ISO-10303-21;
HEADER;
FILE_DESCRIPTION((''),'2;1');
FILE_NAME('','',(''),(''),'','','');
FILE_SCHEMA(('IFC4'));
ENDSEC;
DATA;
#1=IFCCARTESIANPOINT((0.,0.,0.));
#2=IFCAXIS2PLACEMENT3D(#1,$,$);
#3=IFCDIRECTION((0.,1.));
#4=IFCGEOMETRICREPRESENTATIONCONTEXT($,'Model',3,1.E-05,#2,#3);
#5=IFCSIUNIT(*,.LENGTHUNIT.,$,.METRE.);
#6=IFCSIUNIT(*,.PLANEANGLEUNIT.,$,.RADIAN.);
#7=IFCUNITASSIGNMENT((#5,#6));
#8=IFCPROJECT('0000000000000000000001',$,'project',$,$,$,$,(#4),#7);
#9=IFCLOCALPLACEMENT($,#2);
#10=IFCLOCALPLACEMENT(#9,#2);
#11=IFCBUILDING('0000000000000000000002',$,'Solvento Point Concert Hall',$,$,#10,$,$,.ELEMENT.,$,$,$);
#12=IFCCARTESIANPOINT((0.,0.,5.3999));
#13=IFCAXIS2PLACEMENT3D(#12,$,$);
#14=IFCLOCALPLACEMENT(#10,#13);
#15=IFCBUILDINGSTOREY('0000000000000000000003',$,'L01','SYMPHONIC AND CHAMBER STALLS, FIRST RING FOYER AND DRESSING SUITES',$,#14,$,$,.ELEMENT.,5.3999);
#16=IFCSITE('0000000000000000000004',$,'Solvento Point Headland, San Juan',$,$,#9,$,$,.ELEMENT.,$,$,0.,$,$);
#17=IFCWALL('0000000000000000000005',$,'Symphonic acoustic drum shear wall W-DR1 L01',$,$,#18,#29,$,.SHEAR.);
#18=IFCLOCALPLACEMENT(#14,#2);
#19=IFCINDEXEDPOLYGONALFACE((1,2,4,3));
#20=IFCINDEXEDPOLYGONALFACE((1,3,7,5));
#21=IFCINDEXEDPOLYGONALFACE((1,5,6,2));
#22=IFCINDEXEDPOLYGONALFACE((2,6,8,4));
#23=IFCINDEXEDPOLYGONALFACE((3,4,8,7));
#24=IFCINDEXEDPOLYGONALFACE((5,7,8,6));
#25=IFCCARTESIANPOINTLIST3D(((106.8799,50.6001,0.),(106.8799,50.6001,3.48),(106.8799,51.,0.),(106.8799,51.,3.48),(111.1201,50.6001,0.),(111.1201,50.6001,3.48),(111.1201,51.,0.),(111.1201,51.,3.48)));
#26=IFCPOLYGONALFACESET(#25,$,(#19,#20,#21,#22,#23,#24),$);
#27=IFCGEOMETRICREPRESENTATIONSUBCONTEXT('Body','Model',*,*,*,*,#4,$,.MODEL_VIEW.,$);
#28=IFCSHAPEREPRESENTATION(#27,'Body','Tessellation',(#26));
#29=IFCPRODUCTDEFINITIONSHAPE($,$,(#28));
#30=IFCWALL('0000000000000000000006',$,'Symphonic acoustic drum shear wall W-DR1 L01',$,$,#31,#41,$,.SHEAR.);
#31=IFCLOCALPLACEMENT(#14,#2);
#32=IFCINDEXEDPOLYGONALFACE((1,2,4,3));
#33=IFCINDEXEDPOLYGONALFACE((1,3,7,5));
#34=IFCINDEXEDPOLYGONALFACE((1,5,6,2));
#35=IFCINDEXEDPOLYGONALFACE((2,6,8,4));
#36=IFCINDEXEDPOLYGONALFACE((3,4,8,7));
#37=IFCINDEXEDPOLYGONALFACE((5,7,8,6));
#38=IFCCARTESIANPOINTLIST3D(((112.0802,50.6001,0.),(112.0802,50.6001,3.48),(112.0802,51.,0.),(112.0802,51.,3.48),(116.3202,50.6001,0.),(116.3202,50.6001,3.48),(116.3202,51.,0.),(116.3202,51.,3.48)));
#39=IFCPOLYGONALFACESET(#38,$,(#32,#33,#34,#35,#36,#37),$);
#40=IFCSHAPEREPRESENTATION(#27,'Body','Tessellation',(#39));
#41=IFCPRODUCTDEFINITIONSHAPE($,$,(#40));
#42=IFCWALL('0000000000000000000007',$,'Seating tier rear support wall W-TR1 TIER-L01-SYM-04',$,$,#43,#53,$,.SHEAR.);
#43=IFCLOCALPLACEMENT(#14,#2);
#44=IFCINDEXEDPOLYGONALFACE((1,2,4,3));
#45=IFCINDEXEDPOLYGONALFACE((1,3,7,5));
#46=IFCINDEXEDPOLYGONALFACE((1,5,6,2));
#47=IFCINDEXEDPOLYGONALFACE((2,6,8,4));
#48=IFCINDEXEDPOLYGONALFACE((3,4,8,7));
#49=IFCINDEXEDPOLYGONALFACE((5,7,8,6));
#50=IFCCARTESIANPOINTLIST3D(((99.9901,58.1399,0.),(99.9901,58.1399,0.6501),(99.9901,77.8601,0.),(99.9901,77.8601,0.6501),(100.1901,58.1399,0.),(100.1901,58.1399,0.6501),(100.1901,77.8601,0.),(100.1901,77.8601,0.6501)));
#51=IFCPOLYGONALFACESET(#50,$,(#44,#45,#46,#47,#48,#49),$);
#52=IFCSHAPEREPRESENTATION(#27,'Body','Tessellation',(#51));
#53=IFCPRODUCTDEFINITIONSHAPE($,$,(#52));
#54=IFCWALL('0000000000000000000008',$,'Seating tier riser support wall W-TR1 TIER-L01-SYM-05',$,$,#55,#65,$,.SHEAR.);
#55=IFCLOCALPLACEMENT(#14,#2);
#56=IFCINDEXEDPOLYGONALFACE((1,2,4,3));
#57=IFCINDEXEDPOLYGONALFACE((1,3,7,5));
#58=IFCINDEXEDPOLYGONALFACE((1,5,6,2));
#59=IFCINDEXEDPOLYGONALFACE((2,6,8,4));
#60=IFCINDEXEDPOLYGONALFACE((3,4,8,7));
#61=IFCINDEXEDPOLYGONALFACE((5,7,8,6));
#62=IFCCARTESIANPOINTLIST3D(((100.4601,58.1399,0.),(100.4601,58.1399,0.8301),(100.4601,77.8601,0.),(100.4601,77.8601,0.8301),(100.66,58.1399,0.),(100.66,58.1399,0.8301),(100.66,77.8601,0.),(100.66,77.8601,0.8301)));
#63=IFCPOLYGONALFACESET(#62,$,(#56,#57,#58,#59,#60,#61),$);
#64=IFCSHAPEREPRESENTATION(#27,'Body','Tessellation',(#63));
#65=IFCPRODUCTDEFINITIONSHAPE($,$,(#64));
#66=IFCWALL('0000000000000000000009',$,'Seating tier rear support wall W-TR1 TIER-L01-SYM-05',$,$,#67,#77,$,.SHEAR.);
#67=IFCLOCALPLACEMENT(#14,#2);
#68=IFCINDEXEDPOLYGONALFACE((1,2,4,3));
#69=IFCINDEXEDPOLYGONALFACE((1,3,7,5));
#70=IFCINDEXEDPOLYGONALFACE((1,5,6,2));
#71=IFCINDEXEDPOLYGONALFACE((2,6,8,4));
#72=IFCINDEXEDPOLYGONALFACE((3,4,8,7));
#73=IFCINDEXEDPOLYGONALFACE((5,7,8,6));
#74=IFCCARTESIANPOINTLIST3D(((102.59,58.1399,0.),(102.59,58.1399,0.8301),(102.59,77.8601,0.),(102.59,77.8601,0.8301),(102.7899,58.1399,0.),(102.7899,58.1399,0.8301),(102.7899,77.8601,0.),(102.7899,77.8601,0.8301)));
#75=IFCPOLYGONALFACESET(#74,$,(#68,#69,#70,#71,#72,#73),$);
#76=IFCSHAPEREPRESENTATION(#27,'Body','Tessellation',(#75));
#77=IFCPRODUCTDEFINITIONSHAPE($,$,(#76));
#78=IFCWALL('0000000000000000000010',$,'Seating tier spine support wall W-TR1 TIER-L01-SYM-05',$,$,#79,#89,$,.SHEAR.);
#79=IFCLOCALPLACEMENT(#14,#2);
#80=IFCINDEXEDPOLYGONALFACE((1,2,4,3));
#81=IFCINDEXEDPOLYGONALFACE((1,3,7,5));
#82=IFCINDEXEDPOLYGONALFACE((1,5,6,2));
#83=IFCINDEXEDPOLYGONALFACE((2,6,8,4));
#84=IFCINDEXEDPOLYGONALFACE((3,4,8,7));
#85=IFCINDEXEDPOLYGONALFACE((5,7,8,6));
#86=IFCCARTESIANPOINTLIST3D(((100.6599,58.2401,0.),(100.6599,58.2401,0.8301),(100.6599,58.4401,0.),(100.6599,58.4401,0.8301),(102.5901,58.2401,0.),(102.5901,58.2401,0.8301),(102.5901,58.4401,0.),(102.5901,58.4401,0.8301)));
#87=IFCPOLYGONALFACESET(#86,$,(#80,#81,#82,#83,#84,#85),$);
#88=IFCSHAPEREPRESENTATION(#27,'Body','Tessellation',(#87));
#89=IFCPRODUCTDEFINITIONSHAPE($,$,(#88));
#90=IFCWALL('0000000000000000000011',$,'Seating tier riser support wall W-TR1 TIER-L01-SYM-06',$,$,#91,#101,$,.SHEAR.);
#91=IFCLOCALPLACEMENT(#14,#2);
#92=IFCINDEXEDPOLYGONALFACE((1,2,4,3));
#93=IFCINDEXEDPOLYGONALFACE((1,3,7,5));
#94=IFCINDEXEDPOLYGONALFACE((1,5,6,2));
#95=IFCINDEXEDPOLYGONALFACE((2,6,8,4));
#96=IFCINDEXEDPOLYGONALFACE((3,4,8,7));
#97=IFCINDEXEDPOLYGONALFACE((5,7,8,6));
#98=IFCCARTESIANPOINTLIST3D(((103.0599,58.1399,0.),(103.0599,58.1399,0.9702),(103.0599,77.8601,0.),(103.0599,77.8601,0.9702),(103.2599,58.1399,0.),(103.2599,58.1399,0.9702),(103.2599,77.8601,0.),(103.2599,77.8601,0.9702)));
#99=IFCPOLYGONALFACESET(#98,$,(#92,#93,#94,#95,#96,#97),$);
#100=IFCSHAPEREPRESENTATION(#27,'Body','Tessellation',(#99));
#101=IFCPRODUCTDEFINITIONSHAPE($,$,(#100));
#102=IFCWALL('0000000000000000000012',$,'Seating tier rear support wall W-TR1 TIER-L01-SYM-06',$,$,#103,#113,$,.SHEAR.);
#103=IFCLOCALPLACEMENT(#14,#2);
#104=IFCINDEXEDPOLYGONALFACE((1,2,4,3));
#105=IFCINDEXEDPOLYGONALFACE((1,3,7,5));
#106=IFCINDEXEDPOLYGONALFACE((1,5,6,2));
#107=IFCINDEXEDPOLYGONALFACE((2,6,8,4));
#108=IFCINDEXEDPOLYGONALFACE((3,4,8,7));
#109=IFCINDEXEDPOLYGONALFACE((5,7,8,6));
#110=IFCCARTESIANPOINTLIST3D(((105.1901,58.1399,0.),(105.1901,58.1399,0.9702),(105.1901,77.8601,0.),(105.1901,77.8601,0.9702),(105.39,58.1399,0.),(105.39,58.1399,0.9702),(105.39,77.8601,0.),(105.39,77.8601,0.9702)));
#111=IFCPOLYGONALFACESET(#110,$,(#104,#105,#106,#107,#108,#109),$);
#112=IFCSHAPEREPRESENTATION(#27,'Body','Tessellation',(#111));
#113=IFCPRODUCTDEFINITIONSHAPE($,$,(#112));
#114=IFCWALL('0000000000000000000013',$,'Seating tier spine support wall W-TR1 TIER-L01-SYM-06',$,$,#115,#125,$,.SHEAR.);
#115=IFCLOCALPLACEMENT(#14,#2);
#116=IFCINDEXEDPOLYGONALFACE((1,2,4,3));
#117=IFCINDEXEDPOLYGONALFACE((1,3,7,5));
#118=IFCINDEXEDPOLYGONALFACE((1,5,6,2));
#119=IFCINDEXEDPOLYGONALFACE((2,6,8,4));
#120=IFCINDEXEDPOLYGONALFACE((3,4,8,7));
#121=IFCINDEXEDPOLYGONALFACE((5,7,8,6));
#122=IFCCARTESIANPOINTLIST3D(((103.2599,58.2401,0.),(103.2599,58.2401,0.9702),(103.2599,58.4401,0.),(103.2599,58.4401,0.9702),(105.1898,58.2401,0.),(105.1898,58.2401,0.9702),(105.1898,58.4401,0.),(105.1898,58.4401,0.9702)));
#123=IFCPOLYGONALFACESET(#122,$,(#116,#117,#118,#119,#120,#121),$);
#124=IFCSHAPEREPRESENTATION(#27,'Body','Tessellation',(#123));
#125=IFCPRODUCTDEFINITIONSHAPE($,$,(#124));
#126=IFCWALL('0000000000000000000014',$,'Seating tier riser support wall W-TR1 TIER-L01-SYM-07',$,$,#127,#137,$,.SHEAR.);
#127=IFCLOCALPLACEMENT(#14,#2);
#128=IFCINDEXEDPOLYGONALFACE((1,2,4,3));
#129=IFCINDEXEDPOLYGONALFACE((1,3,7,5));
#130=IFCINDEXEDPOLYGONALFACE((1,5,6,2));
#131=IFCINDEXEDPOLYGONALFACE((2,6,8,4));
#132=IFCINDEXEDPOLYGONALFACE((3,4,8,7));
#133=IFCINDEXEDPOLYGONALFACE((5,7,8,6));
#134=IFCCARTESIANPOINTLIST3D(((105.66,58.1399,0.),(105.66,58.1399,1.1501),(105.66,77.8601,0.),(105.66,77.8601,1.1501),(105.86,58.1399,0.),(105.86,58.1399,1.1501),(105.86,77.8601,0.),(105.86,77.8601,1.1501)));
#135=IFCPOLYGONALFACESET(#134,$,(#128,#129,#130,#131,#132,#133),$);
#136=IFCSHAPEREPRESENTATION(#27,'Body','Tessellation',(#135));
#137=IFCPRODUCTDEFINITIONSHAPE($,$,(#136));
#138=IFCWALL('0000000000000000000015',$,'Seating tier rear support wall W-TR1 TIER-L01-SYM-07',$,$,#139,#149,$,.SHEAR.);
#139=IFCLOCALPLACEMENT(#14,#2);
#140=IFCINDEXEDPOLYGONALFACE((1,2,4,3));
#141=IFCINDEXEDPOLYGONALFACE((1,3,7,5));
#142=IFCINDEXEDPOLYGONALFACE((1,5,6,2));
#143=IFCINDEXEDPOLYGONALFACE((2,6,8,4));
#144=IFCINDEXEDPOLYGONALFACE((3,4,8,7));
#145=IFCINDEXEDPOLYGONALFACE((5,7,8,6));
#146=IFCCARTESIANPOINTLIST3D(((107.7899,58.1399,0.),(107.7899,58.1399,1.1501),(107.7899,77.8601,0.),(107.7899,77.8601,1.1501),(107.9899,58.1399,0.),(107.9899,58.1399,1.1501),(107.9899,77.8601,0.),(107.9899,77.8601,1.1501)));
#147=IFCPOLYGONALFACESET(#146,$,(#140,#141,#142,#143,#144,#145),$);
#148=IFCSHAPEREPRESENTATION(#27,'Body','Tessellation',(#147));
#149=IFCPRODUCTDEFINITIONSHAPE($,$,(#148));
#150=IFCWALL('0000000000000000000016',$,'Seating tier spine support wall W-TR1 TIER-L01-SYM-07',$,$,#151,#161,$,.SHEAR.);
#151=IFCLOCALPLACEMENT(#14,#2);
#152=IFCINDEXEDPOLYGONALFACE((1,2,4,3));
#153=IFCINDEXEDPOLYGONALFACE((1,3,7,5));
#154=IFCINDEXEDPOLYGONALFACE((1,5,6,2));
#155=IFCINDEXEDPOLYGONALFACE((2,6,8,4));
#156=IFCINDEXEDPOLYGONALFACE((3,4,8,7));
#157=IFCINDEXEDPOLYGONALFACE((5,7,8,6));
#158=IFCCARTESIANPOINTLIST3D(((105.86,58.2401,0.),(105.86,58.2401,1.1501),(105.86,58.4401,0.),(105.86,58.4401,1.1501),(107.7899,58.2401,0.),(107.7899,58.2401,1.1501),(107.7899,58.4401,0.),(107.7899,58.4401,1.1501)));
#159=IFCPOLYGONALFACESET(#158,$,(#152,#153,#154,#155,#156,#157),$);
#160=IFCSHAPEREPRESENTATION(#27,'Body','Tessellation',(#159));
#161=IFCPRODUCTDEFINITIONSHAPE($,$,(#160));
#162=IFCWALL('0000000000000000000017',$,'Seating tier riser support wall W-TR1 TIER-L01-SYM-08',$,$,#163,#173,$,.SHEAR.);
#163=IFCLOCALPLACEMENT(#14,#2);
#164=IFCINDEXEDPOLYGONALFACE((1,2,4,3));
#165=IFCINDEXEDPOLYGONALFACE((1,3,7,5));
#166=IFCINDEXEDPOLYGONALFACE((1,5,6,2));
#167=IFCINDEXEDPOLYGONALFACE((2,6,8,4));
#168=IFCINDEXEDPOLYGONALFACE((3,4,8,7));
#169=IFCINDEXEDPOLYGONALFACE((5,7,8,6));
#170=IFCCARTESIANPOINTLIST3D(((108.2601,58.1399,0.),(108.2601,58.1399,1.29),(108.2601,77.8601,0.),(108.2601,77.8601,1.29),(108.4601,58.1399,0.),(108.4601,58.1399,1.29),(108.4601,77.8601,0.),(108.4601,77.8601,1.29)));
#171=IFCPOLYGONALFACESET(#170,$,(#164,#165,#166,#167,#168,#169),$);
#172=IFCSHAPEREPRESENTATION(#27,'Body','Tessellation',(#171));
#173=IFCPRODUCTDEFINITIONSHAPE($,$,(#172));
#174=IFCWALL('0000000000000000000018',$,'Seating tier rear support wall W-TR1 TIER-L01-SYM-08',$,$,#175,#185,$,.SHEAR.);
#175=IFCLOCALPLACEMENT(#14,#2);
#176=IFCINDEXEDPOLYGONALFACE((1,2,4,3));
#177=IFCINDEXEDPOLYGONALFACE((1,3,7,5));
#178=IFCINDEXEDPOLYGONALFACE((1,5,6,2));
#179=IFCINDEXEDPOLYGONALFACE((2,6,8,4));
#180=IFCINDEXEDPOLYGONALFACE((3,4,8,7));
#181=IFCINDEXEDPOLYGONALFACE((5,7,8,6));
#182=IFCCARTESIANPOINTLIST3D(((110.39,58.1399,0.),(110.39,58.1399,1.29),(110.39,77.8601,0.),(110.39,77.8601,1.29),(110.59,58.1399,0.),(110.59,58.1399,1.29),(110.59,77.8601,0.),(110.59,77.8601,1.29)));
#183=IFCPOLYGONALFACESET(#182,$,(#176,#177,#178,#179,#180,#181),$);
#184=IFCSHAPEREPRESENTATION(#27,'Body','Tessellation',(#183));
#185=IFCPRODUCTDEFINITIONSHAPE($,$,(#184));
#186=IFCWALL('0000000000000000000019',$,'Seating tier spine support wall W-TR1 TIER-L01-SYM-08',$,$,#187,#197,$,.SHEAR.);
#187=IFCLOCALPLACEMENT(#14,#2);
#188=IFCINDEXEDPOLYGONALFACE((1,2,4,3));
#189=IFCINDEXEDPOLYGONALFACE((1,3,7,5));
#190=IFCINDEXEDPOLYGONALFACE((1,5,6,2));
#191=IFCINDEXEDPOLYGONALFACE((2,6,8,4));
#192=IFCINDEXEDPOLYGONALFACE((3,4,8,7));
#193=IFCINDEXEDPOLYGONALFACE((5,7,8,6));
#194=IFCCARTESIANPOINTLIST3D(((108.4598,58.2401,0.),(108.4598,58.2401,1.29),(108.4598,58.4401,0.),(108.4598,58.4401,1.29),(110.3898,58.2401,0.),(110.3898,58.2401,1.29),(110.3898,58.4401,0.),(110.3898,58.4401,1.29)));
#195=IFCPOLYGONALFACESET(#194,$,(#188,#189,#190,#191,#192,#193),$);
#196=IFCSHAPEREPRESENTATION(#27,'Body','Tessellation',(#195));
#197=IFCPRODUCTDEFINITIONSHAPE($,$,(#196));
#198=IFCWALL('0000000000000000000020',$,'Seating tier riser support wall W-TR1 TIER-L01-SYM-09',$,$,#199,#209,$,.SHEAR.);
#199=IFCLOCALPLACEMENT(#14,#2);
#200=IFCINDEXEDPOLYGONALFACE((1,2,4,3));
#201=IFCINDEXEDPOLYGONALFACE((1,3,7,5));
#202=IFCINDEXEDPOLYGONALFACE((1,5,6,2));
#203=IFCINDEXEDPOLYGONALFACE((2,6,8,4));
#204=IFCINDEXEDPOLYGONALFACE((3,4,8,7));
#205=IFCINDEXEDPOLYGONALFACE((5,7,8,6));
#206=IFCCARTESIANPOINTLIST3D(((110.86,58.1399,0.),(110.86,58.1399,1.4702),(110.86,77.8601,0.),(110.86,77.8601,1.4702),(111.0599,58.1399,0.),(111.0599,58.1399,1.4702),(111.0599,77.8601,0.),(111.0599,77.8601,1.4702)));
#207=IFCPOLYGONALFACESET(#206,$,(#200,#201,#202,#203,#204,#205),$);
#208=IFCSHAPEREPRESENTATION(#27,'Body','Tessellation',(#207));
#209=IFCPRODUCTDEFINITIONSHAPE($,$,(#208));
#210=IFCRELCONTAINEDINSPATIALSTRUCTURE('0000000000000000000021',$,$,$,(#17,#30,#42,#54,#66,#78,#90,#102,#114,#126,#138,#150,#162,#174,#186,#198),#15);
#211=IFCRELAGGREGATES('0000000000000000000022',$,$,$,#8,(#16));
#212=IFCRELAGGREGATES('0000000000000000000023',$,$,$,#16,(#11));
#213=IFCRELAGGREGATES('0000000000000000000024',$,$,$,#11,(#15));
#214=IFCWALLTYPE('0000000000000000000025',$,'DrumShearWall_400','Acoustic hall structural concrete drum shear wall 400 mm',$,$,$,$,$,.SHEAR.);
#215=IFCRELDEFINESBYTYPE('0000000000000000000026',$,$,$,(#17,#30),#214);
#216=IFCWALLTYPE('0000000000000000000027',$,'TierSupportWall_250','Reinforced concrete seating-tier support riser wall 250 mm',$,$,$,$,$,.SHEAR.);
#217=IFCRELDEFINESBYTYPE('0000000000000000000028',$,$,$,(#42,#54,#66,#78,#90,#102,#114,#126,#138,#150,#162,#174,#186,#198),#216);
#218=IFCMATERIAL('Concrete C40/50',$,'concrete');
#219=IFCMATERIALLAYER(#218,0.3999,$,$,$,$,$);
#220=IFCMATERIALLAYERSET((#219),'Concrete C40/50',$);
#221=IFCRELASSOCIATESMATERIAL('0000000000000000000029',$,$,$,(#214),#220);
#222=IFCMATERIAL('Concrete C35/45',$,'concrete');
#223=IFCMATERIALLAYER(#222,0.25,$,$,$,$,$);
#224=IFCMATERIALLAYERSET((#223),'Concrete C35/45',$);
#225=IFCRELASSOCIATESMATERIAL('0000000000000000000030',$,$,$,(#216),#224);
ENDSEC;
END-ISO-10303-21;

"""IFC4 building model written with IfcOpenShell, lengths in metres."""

from ifc_helpers import new_model, si_unit, direction, frame, frame_2d, origin, place, context, subcontext, project, spatial, rectangle, extrude, material, layer, layer_set, type_object, element, save


model = new_model("IFC4")

# Units and contexts
model_context = context("Model", 3, precision=1e-05, world=origin(), true_north=direction((0.0, 1.0)))
body_context = subcontext(model_context, "Body", "Model", "MODEL_VIEW")
ifc_project = project(units=[si_unit("LENGTHUNIT", "METRE"), si_unit("PLANEANGLEUNIT", "RADIAN")], contexts=[model_context])

# Site, building, storey
site_placement = place(None, origin())
site = spatial("IfcSite", under=ifc_project, at=site_placement, Name="Solvento Point Headland, San Juan", CompositionType="ELEMENT", RefElevation=0.0)
building_placement = place(site_placement, origin())
building = spatial("IfcBuilding", under=site, at=building_placement, Name="Solvento Point Concert Hall", CompositionType="ELEMENT")
storey_placement = place(building_placement, frame((0.0, 0.0, 5.3999)))
storey = spatial("IfcBuildingStorey", under=building, at=storey_placement, Name="L01", Description="SYMPHONIC AND CHAMBER STALLS, FIRST RING FOYER AND DRESSING SUITES", CompositionType="ELEMENT", Elevation=5.3999)

# Walls
ifc_material_1 = material(Name="Concrete C40/50", Category="concrete")
ifc_layer_1 = layer(ifc_material_1, 0.3999)
ifc_layer_set_1 = layer_set([ifc_layer_1], Name="Concrete C40/50")
wall_type_1 = type_object("IfcWallType", Name="DrumShearWall_400", Description="Acoustic hall structural concrete drum shear wall 400 mm", PredefinedType="SHEAR", material=ifc_layer_set_1)
wall_1_placement = place(storey_placement, frame((106.8799, 50.8, 0.0), z_axis=(0.0, 0.0, 1.0), x_axis=(1.0, 0.0, 0.0)))
element("IfcWall", 1, at=wall_1_placement, inside=storey, type_object=wall_type_1, Name="Symphonic acoustic drum shear wall W-DR1 L01", PredefinedType="SHEAR", context=body_context, shape_type="SweptSolid", body=[
    extrude(rectangle(XDim=4.2402, YDim=0.3999, at=frame_2d((2.1201, 0.0))), origin(), (0.0, 0.0, 1.0), 3.48),
])
wall_2_placement = place(storey_placement, frame((112.0801, 50.8, 0.0), z_axis=(0.0, 0.0, 1.0), x_axis=(1.0, 0.0, 0.0)))
element("IfcWall", 2, at=wall_2_placement, inside=storey, type_object=wall_type_1, Name="Symphonic acoustic drum shear wall W-DR1 L01", PredefinedType="SHEAR", context=body_context, shape_type="SweptSolid", body=[
    extrude(rectangle(XDim=4.24, YDim=0.3999, at=frame_2d((2.1201, 0.0))), origin(), (0.0, 0.0, 1.0), 3.48),
])
ifc_material_2 = material(Name="Concrete C35/45", Category="concrete")
ifc_layer_2 = layer(ifc_material_2, 0.25)
ifc_layer_set_2 = layer_set([ifc_layer_2], Name="Concrete C35/45")
wall_type_2 = type_object("IfcWallType", Name="TierSupportWall_250", Description="Reinforced concrete seating-tier support riser wall 250 mm", PredefinedType="SHEAR", material=ifc_layer_set_2)
wall_3_placement = place(storey_placement, frame((100.0901, 58.1399, 0.0), z_axis=(0.0, 0.0, 1.0), x_axis=(0.0, 1.0, 0.0)))
element("IfcWall", 3, at=wall_3_placement, inside=storey, type_object=wall_type_2, Name="Seating tier rear support wall W-TR1 TIER-L01-SYM-04", PredefinedType="SHEAR", context=body_context, shape_type="SweptSolid", body=[
    extrude(rectangle(XDim=19.7202, YDim=0.2, at=frame_2d((9.8601, 0.0))), origin(), (0.0, 0.0, 1.0), 0.6501),
])
for number, where, z_axis, x_axis, name in (
    (4, (100.5601, 58.1399, 0.0), (0.0, 0.0, 1.0), (0.0, 1.0, 0.0), "Seating tier riser support wall W-TR1 TIER-L01-SYM-05"),
    (5, (102.6899, 58.1399, 0.0), (0.0, 0.0, 1.0), (0.0, 1.0, 0.0), "Seating tier rear support wall W-TR1 TIER-L01-SYM-05"),
):
    element("IfcWall", number, at=place(storey_placement, frame(where, z_axis=z_axis, x_axis=x_axis)), inside=storey, type_object=wall_type_2, Name=name, PredefinedType="SHEAR", context=body_context, shape_type="SweptSolid", body=[
        extrude(rectangle(XDim=19.7202, YDim=0.2, at=frame_2d((9.8601, 0.0))), origin(), (0.0, 0.0, 1.0), 0.8301),
    ])
wall_4_placement = place(storey_placement, frame((100.6599, 58.3401, 0.0), z_axis=(0.0, 0.0, 1.0), x_axis=(1.0, 0.0, 0.0)))
element("IfcWall", 6, at=wall_4_placement, inside=storey, type_object=wall_type_2, Name="Seating tier spine support wall W-TR1 TIER-L01-SYM-05", PredefinedType="SHEAR", context=body_context, shape_type="SweptSolid", body=[
    extrude(rectangle(XDim=1.9302, YDim=0.2, at=frame_2d((0.9651, 0.0))), origin(), (0.0, 0.0, 1.0), 0.8301),
])
for number, where, z_axis, x_axis, name in (
    (7, (103.1599, 58.1399, 0.0), (0.0, 0.0, 1.0), (0.0, 1.0, 0.0), "Seating tier riser support wall W-TR1 TIER-L01-SYM-06"),
    (8, (105.29, 58.1399, 0.0), (0.0, 0.0, 1.0), (0.0, 1.0, 0.0), "Seating tier rear support wall W-TR1 TIER-L01-SYM-06"),
):
    element("IfcWall", number, at=place(storey_placement, frame(where, z_axis=z_axis, x_axis=x_axis)), inside=storey, type_object=wall_type_2, Name=name, PredefinedType="SHEAR", context=body_context, shape_type="SweptSolid", body=[
        extrude(rectangle(XDim=19.7202, YDim=0.2, at=frame_2d((9.8601, 0.0))), origin(), (0.0, 0.0, 1.0), 0.9702),
    ])
wall_5_placement = place(storey_placement, frame((103.26, 58.3401, 0.0), z_axis=(0.0, 0.0, 1.0), x_axis=(1.0, 0.0, 0.0)))
element("IfcWall", 9, at=wall_5_placement, inside=storey, type_object=wall_type_2, Name="Seating tier spine support wall W-TR1 TIER-L01-SYM-06", PredefinedType="SHEAR", context=body_context, shape_type="SweptSolid", body=[
    extrude(rectangle(XDim=1.9299, YDim=0.2, at=frame_2d((0.9648, 0.0))), origin(), (0.0, 0.0, 1.0), 0.9702),
])
for number, where, z_axis, x_axis, name in (
    (10, (105.76, 58.1399, 0.0), (0.0, 0.0, 1.0), (0.0, 1.0, 0.0), "Seating tier riser support wall W-TR1 TIER-L01-SYM-07"),
    (11, (107.8899, 58.1399, 0.0), (0.0, 0.0, 1.0), (0.0, 1.0, 0.0), "Seating tier rear support wall W-TR1 TIER-L01-SYM-07"),
):
    element("IfcWall", number, at=place(storey_placement, frame(where, z_axis=z_axis, x_axis=x_axis)), inside=storey, type_object=wall_type_2, Name=name, PredefinedType="SHEAR", context=body_context, shape_type="SweptSolid", body=[
        extrude(rectangle(XDim=19.7202, YDim=0.2, at=frame_2d((9.8601, 0.0))), origin(), (0.0, 0.0, 1.0), 1.1501),
    ])
wall_6_placement = place(storey_placement, frame((105.8601, 58.3401, 0.0), z_axis=(0.0, 0.0, 1.0), x_axis=(1.0, 0.0, 0.0)))
element("IfcWall", 12, at=wall_6_placement, inside=storey, type_object=wall_type_2, Name="Seating tier spine support wall W-TR1 TIER-L01-SYM-07", PredefinedType="SHEAR", context=body_context, shape_type="SweptSolid", body=[
    extrude(rectangle(XDim=1.9299, YDim=0.2, at=frame_2d((0.9648, 0.0))), origin(), (0.0, 0.0, 1.0), 1.1501),
])
for number, where, z_axis, x_axis, name in (
    (13, (108.3601, 58.1399, 0.0), (0.0, 0.0, 1.0), (0.0, 1.0, 0.0), "Seating tier riser support wall W-TR1 TIER-L01-SYM-08"),
    (14, (110.49, 58.1399, 0.0), (0.0, 0.0, 1.0), (0.0, 1.0, 0.0), "Seating tier rear support wall W-TR1 TIER-L01-SYM-08"),
):
    element("IfcWall", number, at=place(storey_placement, frame(where, z_axis=z_axis, x_axis=x_axis)), inside=storey, type_object=wall_type_2, Name=name, PredefinedType="SHEAR", context=body_context, shape_type="SweptSolid", body=[
        extrude(rectangle(XDim=19.7202, YDim=0.2, at=frame_2d((9.8601, 0.0))), origin(), (0.0, 0.0, 1.0), 1.29),
    ])
wall_7_placement = place(storey_placement, frame((108.46, 58.3401, 0.0), z_axis=(0.0, 0.0, 1.0), x_axis=(1.0, 0.0, 0.0)))
element("IfcWall", 15, at=wall_7_placement, inside=storey, type_object=wall_type_2, Name="Seating tier spine support wall W-TR1 TIER-L01-SYM-08", PredefinedType="SHEAR", context=body_context, shape_type="SweptSolid", body=[
    extrude(rectangle(XDim=1.9299, YDim=0.2, at=frame_2d((0.9648, 0.0))), origin(), (0.0, 0.0, 1.0), 1.29),
])
for number, where, z_axis, x_axis, name in (
    (16, (110.96, 58.1399, 0.0), (0.0, 0.0, 1.0), (0.0, 1.0, 0.0), "Seating tier riser support wall W-TR1 TIER-L01-SYM-09"),
):
    element("IfcWall", number, at=place(storey_placement, frame(where, z_axis=z_axis, x_axis=x_axis)), inside=storey, type_object=wall_type_2, Name=name, PredefinedType="SHEAR", context=body_context, shape_type="SweptSolid", body=[
        extrude(rectangle(XDim=19.7202, YDim=0.2, at=frame_2d((9.8601, 0.0))), origin(), (0.0, 0.0, 1.0), 1.4702),
    ])

save(model, "model.ifc")
